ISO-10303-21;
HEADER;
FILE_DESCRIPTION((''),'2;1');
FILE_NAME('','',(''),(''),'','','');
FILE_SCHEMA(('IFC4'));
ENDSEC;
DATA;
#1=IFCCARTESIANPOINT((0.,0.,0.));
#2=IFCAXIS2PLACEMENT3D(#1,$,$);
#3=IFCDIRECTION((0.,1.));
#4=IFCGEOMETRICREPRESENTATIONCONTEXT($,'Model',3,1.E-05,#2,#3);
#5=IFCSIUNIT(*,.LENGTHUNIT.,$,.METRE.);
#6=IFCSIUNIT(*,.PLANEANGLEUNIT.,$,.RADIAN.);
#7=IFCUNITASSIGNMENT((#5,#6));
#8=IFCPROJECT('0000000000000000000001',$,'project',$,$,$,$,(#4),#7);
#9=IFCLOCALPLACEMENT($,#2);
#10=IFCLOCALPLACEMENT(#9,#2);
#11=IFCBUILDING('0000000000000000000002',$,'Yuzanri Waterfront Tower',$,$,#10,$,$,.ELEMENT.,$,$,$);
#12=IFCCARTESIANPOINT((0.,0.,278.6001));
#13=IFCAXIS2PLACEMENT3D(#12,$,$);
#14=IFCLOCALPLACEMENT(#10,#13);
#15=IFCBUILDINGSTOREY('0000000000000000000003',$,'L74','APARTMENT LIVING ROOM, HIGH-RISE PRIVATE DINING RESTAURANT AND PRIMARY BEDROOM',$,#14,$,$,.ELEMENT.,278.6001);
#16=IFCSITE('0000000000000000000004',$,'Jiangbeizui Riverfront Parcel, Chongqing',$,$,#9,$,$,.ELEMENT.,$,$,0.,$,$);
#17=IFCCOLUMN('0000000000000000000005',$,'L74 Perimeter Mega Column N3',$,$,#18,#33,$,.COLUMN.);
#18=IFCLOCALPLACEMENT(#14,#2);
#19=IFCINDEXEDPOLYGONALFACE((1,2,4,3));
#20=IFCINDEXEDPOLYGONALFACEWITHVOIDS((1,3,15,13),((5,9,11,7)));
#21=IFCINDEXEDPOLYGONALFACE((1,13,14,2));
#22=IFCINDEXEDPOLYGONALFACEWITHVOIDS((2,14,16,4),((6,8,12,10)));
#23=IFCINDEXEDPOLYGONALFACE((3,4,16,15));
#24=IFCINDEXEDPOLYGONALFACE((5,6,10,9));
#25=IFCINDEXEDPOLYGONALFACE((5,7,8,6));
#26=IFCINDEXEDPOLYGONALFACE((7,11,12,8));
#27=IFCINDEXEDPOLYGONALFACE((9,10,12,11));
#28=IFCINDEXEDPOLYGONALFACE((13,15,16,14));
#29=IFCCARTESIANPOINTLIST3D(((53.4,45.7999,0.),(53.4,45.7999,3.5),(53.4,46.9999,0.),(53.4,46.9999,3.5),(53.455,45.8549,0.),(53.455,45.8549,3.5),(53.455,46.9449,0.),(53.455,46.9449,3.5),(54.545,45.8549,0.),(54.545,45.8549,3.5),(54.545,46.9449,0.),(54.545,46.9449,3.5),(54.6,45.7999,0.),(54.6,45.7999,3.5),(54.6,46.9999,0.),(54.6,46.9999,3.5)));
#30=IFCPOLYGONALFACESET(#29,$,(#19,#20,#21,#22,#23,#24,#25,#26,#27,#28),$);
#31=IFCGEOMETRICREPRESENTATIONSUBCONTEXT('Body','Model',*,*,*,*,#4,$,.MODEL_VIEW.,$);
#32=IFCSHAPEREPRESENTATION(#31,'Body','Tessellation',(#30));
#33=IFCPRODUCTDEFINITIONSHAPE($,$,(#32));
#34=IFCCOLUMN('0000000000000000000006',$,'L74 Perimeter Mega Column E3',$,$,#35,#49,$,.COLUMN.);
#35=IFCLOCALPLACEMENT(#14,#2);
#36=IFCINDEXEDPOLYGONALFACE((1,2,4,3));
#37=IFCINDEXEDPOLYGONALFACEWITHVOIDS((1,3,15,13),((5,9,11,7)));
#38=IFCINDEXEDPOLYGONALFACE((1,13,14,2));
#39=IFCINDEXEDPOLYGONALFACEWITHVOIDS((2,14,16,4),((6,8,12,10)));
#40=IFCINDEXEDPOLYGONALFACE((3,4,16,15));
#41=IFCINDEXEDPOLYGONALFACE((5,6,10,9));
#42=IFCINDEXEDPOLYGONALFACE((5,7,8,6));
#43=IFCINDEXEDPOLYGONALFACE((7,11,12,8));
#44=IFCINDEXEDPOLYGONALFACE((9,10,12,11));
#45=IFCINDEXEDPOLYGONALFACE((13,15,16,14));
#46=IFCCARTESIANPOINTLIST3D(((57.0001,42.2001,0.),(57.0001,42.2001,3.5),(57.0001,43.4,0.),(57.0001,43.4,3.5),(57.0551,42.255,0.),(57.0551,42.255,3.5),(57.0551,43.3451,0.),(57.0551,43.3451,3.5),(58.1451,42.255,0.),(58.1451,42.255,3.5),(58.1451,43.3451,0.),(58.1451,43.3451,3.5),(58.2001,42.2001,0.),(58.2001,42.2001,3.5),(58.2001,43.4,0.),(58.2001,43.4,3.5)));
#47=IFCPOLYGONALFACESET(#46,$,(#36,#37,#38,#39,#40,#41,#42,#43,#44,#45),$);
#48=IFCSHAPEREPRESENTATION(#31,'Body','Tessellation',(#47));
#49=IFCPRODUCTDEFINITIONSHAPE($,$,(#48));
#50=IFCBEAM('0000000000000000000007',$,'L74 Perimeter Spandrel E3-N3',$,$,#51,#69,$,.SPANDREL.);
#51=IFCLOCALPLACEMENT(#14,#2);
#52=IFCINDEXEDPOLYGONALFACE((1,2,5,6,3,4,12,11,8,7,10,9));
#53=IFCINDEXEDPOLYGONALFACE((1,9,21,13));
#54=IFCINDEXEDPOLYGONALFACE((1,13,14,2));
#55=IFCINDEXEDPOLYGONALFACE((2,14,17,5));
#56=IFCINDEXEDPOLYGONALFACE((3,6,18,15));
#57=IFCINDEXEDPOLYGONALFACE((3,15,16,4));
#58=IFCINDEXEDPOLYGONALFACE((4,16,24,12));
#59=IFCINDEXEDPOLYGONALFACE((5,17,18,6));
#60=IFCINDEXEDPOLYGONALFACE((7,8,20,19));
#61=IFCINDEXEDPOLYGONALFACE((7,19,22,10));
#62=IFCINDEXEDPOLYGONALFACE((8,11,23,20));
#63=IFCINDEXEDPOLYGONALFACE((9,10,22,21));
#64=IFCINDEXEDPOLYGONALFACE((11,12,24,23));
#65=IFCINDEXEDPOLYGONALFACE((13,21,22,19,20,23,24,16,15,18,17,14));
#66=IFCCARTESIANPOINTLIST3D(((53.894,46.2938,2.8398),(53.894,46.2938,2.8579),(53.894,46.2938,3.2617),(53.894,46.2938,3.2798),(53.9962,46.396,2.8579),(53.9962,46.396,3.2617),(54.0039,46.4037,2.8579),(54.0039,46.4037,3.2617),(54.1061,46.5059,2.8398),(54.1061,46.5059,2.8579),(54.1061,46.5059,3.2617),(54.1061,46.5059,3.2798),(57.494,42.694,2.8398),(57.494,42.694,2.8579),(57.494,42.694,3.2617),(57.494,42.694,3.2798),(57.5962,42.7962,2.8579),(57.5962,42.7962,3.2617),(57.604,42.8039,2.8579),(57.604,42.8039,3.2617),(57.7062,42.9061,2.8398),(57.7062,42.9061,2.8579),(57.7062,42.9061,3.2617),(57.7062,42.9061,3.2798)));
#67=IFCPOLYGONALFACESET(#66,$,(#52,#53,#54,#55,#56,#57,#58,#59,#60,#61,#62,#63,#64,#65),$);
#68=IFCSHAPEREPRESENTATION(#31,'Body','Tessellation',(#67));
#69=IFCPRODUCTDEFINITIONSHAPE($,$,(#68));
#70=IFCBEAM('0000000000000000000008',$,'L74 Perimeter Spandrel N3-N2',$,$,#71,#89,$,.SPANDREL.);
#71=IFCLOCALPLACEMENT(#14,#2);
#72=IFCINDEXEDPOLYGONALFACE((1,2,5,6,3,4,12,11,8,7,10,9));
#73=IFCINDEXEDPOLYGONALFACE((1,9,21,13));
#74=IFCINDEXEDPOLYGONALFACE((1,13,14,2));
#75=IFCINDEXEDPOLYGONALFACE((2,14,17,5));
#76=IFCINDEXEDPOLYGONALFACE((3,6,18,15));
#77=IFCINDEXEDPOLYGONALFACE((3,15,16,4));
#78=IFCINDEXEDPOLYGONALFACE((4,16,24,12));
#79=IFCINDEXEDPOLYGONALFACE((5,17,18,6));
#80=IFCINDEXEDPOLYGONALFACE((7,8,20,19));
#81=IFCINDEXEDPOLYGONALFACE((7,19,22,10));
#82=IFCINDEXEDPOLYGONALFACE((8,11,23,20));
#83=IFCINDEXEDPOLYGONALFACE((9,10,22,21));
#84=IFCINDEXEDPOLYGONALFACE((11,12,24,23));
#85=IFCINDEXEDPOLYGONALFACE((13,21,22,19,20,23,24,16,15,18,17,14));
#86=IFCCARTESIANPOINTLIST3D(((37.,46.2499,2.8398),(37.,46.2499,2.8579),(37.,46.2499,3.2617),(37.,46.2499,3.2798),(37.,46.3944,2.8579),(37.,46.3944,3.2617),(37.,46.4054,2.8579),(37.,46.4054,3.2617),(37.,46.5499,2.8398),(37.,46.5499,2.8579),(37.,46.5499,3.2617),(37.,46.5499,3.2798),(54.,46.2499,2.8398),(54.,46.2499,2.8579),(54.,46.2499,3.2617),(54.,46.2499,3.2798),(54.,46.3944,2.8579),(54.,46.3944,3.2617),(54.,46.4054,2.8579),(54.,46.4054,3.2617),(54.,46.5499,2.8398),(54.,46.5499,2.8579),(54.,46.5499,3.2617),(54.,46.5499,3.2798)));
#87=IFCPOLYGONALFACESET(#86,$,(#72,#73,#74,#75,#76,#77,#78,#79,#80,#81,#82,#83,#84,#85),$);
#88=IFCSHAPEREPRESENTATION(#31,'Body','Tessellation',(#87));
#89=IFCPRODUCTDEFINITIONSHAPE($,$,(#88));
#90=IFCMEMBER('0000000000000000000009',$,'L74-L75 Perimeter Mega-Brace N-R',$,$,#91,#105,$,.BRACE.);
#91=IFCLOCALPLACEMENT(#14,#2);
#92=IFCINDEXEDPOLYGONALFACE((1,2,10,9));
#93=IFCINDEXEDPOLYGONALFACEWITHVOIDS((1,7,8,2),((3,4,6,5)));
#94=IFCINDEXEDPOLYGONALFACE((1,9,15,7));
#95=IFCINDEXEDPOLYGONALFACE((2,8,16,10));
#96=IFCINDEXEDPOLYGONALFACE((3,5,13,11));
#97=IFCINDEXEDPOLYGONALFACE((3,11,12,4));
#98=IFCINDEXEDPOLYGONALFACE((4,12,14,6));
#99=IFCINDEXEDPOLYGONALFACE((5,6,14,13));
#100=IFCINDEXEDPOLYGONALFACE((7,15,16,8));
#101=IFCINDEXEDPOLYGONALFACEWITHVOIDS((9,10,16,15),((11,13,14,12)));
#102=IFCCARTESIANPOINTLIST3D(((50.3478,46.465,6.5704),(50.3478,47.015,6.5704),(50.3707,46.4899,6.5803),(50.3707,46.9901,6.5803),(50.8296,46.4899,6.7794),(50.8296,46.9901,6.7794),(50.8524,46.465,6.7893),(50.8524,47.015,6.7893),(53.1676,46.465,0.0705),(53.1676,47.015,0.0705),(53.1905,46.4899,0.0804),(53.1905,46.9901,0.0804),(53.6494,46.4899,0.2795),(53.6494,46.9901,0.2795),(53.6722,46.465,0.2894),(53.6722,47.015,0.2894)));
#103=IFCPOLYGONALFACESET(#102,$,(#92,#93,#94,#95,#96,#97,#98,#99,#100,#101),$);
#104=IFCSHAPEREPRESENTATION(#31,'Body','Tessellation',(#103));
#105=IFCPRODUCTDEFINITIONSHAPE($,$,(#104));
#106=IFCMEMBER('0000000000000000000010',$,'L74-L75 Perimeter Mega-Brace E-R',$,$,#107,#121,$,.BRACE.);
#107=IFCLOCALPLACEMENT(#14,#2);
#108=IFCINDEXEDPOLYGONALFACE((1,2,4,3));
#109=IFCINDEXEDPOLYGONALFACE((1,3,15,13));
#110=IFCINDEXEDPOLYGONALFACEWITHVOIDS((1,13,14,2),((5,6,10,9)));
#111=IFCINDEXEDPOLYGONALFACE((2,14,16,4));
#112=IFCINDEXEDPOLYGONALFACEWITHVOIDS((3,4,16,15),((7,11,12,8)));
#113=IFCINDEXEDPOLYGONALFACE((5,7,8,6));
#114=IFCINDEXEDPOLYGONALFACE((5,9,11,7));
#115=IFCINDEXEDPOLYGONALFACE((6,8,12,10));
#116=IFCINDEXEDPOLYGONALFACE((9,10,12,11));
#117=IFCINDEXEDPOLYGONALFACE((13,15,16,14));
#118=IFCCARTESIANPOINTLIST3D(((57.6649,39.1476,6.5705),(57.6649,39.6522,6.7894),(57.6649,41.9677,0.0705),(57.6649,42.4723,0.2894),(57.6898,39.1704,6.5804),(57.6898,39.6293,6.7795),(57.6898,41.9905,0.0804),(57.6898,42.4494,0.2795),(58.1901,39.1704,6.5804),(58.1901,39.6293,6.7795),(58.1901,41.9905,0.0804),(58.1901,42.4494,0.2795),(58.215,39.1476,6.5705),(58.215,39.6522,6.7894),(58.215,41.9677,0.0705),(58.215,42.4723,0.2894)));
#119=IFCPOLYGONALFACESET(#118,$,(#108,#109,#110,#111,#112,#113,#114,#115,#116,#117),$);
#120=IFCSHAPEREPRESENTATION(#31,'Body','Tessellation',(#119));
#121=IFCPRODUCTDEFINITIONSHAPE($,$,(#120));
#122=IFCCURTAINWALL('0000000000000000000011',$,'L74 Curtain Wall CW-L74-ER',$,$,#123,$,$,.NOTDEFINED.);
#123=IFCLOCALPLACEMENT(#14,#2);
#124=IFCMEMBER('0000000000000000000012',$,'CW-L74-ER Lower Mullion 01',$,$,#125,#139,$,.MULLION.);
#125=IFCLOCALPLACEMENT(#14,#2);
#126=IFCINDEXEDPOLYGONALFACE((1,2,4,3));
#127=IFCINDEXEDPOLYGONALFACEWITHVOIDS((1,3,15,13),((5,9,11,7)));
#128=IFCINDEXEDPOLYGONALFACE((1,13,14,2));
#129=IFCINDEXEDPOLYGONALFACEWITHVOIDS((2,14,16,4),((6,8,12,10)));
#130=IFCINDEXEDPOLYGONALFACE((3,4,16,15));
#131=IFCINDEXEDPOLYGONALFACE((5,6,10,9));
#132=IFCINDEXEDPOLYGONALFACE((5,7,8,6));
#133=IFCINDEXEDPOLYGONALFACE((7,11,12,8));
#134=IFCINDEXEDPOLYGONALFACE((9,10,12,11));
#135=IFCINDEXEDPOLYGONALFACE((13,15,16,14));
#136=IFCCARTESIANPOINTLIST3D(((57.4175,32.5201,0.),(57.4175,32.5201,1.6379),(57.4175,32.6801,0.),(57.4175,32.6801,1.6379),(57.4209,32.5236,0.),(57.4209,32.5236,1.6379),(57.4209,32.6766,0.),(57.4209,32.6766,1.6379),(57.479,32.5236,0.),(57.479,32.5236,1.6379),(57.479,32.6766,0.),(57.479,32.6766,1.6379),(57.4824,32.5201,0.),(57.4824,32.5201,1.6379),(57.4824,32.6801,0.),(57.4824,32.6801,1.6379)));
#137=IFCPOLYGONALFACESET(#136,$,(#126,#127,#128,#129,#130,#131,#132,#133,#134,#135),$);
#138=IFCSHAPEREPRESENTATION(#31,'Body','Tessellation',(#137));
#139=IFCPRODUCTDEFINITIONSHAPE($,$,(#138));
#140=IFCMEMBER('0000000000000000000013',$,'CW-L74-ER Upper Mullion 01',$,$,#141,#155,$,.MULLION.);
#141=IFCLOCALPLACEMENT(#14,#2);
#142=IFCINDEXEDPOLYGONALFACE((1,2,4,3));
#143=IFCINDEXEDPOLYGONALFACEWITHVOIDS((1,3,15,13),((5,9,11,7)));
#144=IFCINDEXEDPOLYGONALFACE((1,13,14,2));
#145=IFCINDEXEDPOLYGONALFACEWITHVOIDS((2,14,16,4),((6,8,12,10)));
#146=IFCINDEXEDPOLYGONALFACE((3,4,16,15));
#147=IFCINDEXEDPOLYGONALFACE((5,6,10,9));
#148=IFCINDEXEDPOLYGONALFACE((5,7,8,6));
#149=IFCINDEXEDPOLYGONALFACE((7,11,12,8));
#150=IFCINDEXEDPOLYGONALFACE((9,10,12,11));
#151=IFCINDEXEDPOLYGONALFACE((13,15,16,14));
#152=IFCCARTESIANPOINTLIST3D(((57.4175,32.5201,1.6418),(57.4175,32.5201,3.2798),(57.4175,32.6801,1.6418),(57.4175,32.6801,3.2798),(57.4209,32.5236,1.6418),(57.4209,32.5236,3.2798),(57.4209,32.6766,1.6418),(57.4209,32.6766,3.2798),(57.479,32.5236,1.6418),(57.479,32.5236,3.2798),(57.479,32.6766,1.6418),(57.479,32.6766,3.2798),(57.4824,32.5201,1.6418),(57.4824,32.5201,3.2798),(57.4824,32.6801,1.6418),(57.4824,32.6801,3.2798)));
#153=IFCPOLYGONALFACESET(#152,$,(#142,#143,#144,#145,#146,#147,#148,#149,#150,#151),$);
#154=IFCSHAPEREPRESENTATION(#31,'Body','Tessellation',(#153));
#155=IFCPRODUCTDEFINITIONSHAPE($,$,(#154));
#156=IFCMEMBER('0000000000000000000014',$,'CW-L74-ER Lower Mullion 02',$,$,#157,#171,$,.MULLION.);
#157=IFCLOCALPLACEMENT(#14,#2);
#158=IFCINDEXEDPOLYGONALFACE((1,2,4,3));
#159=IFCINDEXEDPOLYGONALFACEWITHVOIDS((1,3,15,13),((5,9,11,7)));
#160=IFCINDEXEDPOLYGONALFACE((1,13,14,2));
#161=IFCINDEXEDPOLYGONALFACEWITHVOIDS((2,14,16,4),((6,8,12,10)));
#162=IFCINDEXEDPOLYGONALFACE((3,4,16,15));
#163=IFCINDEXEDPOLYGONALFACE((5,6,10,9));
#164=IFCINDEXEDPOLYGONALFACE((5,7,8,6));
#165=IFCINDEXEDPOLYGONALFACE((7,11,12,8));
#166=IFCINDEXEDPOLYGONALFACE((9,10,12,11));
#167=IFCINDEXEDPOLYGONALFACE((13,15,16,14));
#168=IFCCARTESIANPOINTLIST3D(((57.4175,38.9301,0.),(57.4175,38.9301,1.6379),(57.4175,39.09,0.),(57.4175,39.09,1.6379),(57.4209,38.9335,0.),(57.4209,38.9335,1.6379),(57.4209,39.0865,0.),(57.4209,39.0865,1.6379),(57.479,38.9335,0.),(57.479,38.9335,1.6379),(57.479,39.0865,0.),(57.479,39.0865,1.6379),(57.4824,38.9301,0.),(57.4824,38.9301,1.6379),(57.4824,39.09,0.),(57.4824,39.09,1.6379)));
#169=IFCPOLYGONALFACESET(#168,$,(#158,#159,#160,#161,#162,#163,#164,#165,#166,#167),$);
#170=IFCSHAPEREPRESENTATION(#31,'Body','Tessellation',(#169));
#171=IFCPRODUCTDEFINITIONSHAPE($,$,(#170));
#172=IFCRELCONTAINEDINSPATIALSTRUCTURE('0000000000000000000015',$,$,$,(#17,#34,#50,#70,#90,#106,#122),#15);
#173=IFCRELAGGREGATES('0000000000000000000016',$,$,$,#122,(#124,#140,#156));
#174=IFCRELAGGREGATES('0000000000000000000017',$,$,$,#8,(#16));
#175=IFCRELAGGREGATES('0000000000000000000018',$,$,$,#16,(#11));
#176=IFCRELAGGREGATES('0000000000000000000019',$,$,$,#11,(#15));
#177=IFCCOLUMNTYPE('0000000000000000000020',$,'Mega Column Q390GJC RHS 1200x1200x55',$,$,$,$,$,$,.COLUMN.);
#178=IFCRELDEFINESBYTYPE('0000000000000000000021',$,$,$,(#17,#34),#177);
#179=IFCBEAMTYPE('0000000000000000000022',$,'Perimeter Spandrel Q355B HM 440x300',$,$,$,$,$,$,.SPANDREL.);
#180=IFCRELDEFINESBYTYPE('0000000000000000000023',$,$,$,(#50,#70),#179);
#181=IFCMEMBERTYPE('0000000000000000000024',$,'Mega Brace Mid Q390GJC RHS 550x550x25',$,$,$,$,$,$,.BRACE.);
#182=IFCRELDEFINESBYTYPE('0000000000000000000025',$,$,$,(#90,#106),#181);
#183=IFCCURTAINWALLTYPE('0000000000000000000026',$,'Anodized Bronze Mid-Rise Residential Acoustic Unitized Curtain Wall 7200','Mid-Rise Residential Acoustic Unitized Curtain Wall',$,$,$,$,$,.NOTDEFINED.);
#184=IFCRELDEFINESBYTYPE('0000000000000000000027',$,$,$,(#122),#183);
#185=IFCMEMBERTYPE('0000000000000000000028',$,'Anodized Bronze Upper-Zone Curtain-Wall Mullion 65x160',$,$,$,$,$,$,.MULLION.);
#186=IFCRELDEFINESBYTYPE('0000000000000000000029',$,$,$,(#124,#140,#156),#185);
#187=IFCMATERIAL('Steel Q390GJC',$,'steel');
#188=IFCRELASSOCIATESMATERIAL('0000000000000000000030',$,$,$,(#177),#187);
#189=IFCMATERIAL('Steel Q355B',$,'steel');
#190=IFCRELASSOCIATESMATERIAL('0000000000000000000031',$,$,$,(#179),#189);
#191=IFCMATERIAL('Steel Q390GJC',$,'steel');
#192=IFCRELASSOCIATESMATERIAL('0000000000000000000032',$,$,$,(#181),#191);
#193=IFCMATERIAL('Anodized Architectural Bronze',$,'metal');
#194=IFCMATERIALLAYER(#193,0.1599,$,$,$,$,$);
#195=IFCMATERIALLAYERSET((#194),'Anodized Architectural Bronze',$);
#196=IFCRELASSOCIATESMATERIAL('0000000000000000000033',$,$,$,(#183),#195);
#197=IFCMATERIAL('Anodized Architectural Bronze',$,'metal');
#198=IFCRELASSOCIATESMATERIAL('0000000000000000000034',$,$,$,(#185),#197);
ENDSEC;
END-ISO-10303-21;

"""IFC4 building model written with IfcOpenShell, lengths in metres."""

from ifc_helpers import new_model, si_unit, direction, frame, origin, origin_2d, place, context, subcontext, project, spatial, hollow_rectangle, i_section, extrude, source, transform, mapped, material, layer, layer_set, material_profile, profile_set, type_object, element, aggregate, save


model = new_model("IFC4")

# Units and contexts
model_context = context("Model", 3, precision=1e-05, world=origin(), true_north=direction((0.0, 1.0)))
body_context = subcontext(model_context, "Body", "Model", "MODEL_VIEW")
ifc_project = project(units=[si_unit("LENGTHUNIT", "METRE"), si_unit("PLANEANGLEUNIT", "RADIAN")], contexts=[model_context])

# Site, building, storey
site_placement = place(None, origin())
site = spatial("IfcSite", under=ifc_project, at=site_placement, Name="Jiangbeizui Riverfront Parcel, Chongqing", CompositionType="ELEMENT", RefElevation=0.0)
building_placement = place(site_placement, origin())
building = spatial("IfcBuilding", under=site, at=building_placement, Name="Yuzanri Waterfront Tower", CompositionType="ELEMENT")
storey_placement = place(building_placement, frame((0.0, 0.0, 278.6001)))
storey = spatial("IfcBuildingStorey", under=building, at=storey_placement, Name="L74", Description="APARTMENT LIVING ROOM, HIGH-RISE PRIVATE DINING RESTAURANT AND PRIMARY BEDROOM", CompositionType="ELEMENT", Elevation=278.6001)

# Columns
ifc_material_1 = material(Name="Steel Q390GJC", Category="steel")
ifc_material_profile_1 = material_profile(ifc_material_1, hollow_rectangle(XDim=1.2, YDim=1.2, WallThickness=0.0549, at=origin_2d()), Name="RHS 1200x1200x55")
ifc_profile_set_1 = profile_set([ifc_material_profile_1], Name="Steel Q390GJC")
column_type = type_object("IfcColumnType", Name="Mega Column Q390GJC RHS 1200x1200x55", PredefinedType="COLUMN", material=ifc_profile_set_1)
shared_shape_1 = source(origin(), body_context, "Body", "SweptSolid", [
    extrude(hollow_rectangle(XDim=1.2, YDim=1.2, WallThickness=0.0549, at=origin_2d()), origin(), (0.0, 0.0, 1.0), 3.5),
])
for number, where, z_axis, x_axis, name in (
    (1, (54.0, 46.3999, 0.0), (0.0, 0.0, 1.0), (1.0, 0.0, 0.0), "L74 Perimeter Mega Column N3"),
    (2, (57.6001, 42.8, 0.0), (0.0, 0.0, 1.0), (1.0, 0.0, 0.0), "L74 Perimeter Mega Column E3"),
):
    element("IfcColumn", number, at=place(storey_placement, frame(where, z_axis=z_axis, x_axis=x_axis)), inside=storey, type_object=column_type, Name=name, PredefinedType="COLUMN", context=body_context, shape_type="MappedRepresentation", body=[
        mapped(shared_shape_1, transform((0.0, 0.0, 0.0), scale=1.0)),
    ])

# Beams
ifc_material_2 = material(Name="Steel Q355B", Category="steel")
ifc_material_profile_2 = material_profile(ifc_material_2, i_section(OverallWidth=0.3, OverallDepth=0.4399, WebThickness=0.011, FlangeThickness=0.0181, at=origin_2d()), Name="HM 440x300x11x18")
ifc_profile_set_2 = profile_set([ifc_material_profile_2], Name="Steel Q355B")
beam_type = type_object("IfcBeamType", Name="Perimeter Spandrel Q355B HM 440x300", PredefinedType="SPANDREL", material=ifc_profile_set_2)
shared_shape_2 = source(origin(), body_context, "Body", "SweptSolid", [
    extrude(i_section(OverallWidth=0.3, OverallDepth=0.4399, WebThickness=0.011, FlangeThickness=0.0181, at=origin_2d()), origin(), (0.0, 0.0, 1.0), 5.0911),
])
beam_1_placement = place(storey_placement, frame((57.6001, 42.8, 3.0598), z_axis=(-0.707131, 0.707083, 0.0), x_axis=(-0.707083, -0.707131, 0.0)))
element("IfcBeam", 3, at=beam_1_placement, inside=storey, type_object=beam_type, Name="L74 Perimeter Spandrel E3-N3", PredefinedType="SPANDREL", context=body_context, shape_type="MappedRepresentation", body=[
    mapped(shared_shape_2, transform((0.0, 0.0, 0.0), scale=1.0)),
])
shared_shape_3 = source(origin(), body_context, "Body", "SweptSolid", [
    extrude(i_section(OverallWidth=0.3, OverallDepth=0.4399, WebThickness=0.011, FlangeThickness=0.0181, at=origin_2d()), origin(), (0.0, 0.0, 1.0), 17.0),
])
beam_2_placement = place(storey_placement, frame((54.0, 46.3999, 3.0598), z_axis=(-1.0, 0.0, 0.0), x_axis=(0.0, -1.0, 0.0)))
element("IfcBeam", 4, at=beam_2_placement, inside=storey, type_object=beam_type, Name="L74 Perimeter Spandrel N3-N2", PredefinedType="SPANDREL", context=body_context, shape_type="MappedRepresentation", body=[
    mapped(shared_shape_3, transform((0.0, 0.0, 0.0), scale=1.0)),
])

# Members
ifc_material_3 = material(Name="Steel Q390GJC", Category="steel")
ifc_material_profile_3 = material_profile(ifc_material_3, hollow_rectangle(XDim=0.55, YDim=0.55, WallThickness=0.0249, at=origin_2d()), Name="RHS 550x550x25")
ifc_profile_set_3 = profile_set([ifc_material_profile_3], Name="Steel Q390GJC")
member_type_1 = type_object("IfcMemberType", Name="Mega Brace Mid Q390GJC RHS 550x550x25", PredefinedType="BRACE", material=ifc_profile_set_3)
shared_shape_4 = source(origin(), body_context, "Body", "SweptSolid", [
    extrude(hollow_rectangle(XDim=0.55, YDim=0.55, WallThickness=0.0249, at=origin_2d()), origin(), (0.0, 0.0, 1.0), 7.0852),
])
member_1_placement = place(storey_placement, frame((53.4199, 46.74, 0.1799), z_axis=(-0.397983, 0.0, 0.917393), x_axis=(0.0, -1.0, 0.0)))
element("IfcMember", 5, at=member_1_placement, inside=storey, type_object=member_type_1, Name="L74-L75 Perimeter Mega-Brace N-R", PredefinedType="BRACE", context=body_context, shape_type="MappedRepresentation", body=[
    mapped(shared_shape_4, transform((0.0, 0.0, 0.0), scale=1.0)),
])
shared_shape_5 = source(origin(), body_context, "Body", "SweptSolid", [
    extrude(hollow_rectangle(XDim=0.55, YDim=0.55, WallThickness=0.0249, at=origin_2d()), origin(), (0.0, 0.0, 1.0), 7.0854),
])
member_2_placement = place(storey_placement, frame((57.9399, 42.22, 0.1799), z_axis=(0.0, -0.398012, 0.91738), x_axis=(1.0, 0.0, 0.0)))
element("IfcMember", 6, at=member_2_placement, inside=storey, type_object=member_type_1, Name="L74-L75 Perimeter Mega-Brace E-R", PredefinedType="BRACE", context=body_context, shape_type="MappedRepresentation", body=[
    mapped(shared_shape_5, transform((0.0, 0.0, 0.0), scale=1.0)),
])

# Curtain wall, members
ifc_material_4 = material(Name="Anodized Architectural Bronze", Category="metal")
ifc_layer_1 = layer(ifc_material_4, 0.1599)
ifc_layer_set_1 = layer_set([ifc_layer_1], Name="Anodized Architectural Bronze")
curtain_wall_type = type_object("IfcCurtainWallType", Name="Anodized Bronze Mid-Rise Residential Acoustic Unitized Curtain Wall 7200", Description="Mid-Rise Residential Acoustic Unitized Curtain Wall", PredefinedType="NOTDEFINED", material=ifc_layer_set_1)
curtain_wall_placement = place(storey_placement, origin())
curtain_wall = element("IfcCurtainWall", 7, at=curtain_wall_placement, inside=storey, type_object=curtain_wall_type, Name="L74 Curtain Wall CW-L74-ER", PredefinedType="NOTDEFINED")
ifc_material_5 = material(Name="Anodized Architectural Bronze", Category="metal")
ifc_material_profile_4 = material_profile(ifc_material_5, hollow_rectangle(XDim=0.0649, YDim=0.1599, WallThickness=0.0034, at=origin_2d()), Name="CWM 65x160")
ifc_profile_set_4 = profile_set([ifc_material_profile_4], Name="Anodized Architectural Bronze")
member_type_2 = type_object("IfcMemberType", Name="Anodized Bronze Upper-Zone Curtain-Wall Mullion 65x160", PredefinedType="MULLION", material=ifc_profile_set_4)
shared_shape_6 = source(origin(), body_context, "Body", "SweptSolid", [
    extrude(hollow_rectangle(XDim=0.0649, YDim=0.1599, WallThickness=0.0034, at=origin_2d()), origin(), (0.0, 0.0, 1.0), 1.6379),
])
member_3_placement = place(storey_placement, frame((57.45, 32.6001, 0.0), z_axis=(0.0, 0.0, 1.0), x_axis=(1.0, 0.0, 0.0)))
member_3 = element("IfcMember", 8, at=member_3_placement, type_object=member_type_2, Name="CW-L74-ER Lower Mullion 01", PredefinedType="MULLION", context=body_context, shape_type="MappedRepresentation", body=[
    mapped(shared_shape_6, transform((0.0, 0.0, 0.0), scale=1.0)),
])
member_4_placement = place(storey_placement, frame((57.45, 32.6001, 1.6418), z_axis=(0.0, 0.0, 1.0), x_axis=(1.0, 0.0, 0.0)))
member_4 = element("IfcMember", 9, at=member_4_placement, type_object=member_type_2, Name="CW-L74-ER Upper Mullion 01", PredefinedType="MULLION", context=body_context, shape_type="MappedRepresentation", body=[
    mapped(shared_shape_6, transform((0.0, 0.0, 0.0), scale=1.0)),
])
member_5_placement = place(storey_placement, frame((57.45, 39.01, 0.0), z_axis=(0.0, 0.0, 1.0), x_axis=(1.0, 0.0, 0.0)))
member_5 = element("IfcMember", 10, at=member_5_placement, type_object=member_type_2, Name="CW-L74-ER Lower Mullion 02", PredefinedType="MULLION", context=body_context, shape_type="MappedRepresentation", body=[
    mapped(shared_shape_6, transform((0.0, 0.0, 0.0), scale=1.0)),
])

aggregate(curtain_wall, [member_3, member_4, member_5])

save(model, "model.ifc")
